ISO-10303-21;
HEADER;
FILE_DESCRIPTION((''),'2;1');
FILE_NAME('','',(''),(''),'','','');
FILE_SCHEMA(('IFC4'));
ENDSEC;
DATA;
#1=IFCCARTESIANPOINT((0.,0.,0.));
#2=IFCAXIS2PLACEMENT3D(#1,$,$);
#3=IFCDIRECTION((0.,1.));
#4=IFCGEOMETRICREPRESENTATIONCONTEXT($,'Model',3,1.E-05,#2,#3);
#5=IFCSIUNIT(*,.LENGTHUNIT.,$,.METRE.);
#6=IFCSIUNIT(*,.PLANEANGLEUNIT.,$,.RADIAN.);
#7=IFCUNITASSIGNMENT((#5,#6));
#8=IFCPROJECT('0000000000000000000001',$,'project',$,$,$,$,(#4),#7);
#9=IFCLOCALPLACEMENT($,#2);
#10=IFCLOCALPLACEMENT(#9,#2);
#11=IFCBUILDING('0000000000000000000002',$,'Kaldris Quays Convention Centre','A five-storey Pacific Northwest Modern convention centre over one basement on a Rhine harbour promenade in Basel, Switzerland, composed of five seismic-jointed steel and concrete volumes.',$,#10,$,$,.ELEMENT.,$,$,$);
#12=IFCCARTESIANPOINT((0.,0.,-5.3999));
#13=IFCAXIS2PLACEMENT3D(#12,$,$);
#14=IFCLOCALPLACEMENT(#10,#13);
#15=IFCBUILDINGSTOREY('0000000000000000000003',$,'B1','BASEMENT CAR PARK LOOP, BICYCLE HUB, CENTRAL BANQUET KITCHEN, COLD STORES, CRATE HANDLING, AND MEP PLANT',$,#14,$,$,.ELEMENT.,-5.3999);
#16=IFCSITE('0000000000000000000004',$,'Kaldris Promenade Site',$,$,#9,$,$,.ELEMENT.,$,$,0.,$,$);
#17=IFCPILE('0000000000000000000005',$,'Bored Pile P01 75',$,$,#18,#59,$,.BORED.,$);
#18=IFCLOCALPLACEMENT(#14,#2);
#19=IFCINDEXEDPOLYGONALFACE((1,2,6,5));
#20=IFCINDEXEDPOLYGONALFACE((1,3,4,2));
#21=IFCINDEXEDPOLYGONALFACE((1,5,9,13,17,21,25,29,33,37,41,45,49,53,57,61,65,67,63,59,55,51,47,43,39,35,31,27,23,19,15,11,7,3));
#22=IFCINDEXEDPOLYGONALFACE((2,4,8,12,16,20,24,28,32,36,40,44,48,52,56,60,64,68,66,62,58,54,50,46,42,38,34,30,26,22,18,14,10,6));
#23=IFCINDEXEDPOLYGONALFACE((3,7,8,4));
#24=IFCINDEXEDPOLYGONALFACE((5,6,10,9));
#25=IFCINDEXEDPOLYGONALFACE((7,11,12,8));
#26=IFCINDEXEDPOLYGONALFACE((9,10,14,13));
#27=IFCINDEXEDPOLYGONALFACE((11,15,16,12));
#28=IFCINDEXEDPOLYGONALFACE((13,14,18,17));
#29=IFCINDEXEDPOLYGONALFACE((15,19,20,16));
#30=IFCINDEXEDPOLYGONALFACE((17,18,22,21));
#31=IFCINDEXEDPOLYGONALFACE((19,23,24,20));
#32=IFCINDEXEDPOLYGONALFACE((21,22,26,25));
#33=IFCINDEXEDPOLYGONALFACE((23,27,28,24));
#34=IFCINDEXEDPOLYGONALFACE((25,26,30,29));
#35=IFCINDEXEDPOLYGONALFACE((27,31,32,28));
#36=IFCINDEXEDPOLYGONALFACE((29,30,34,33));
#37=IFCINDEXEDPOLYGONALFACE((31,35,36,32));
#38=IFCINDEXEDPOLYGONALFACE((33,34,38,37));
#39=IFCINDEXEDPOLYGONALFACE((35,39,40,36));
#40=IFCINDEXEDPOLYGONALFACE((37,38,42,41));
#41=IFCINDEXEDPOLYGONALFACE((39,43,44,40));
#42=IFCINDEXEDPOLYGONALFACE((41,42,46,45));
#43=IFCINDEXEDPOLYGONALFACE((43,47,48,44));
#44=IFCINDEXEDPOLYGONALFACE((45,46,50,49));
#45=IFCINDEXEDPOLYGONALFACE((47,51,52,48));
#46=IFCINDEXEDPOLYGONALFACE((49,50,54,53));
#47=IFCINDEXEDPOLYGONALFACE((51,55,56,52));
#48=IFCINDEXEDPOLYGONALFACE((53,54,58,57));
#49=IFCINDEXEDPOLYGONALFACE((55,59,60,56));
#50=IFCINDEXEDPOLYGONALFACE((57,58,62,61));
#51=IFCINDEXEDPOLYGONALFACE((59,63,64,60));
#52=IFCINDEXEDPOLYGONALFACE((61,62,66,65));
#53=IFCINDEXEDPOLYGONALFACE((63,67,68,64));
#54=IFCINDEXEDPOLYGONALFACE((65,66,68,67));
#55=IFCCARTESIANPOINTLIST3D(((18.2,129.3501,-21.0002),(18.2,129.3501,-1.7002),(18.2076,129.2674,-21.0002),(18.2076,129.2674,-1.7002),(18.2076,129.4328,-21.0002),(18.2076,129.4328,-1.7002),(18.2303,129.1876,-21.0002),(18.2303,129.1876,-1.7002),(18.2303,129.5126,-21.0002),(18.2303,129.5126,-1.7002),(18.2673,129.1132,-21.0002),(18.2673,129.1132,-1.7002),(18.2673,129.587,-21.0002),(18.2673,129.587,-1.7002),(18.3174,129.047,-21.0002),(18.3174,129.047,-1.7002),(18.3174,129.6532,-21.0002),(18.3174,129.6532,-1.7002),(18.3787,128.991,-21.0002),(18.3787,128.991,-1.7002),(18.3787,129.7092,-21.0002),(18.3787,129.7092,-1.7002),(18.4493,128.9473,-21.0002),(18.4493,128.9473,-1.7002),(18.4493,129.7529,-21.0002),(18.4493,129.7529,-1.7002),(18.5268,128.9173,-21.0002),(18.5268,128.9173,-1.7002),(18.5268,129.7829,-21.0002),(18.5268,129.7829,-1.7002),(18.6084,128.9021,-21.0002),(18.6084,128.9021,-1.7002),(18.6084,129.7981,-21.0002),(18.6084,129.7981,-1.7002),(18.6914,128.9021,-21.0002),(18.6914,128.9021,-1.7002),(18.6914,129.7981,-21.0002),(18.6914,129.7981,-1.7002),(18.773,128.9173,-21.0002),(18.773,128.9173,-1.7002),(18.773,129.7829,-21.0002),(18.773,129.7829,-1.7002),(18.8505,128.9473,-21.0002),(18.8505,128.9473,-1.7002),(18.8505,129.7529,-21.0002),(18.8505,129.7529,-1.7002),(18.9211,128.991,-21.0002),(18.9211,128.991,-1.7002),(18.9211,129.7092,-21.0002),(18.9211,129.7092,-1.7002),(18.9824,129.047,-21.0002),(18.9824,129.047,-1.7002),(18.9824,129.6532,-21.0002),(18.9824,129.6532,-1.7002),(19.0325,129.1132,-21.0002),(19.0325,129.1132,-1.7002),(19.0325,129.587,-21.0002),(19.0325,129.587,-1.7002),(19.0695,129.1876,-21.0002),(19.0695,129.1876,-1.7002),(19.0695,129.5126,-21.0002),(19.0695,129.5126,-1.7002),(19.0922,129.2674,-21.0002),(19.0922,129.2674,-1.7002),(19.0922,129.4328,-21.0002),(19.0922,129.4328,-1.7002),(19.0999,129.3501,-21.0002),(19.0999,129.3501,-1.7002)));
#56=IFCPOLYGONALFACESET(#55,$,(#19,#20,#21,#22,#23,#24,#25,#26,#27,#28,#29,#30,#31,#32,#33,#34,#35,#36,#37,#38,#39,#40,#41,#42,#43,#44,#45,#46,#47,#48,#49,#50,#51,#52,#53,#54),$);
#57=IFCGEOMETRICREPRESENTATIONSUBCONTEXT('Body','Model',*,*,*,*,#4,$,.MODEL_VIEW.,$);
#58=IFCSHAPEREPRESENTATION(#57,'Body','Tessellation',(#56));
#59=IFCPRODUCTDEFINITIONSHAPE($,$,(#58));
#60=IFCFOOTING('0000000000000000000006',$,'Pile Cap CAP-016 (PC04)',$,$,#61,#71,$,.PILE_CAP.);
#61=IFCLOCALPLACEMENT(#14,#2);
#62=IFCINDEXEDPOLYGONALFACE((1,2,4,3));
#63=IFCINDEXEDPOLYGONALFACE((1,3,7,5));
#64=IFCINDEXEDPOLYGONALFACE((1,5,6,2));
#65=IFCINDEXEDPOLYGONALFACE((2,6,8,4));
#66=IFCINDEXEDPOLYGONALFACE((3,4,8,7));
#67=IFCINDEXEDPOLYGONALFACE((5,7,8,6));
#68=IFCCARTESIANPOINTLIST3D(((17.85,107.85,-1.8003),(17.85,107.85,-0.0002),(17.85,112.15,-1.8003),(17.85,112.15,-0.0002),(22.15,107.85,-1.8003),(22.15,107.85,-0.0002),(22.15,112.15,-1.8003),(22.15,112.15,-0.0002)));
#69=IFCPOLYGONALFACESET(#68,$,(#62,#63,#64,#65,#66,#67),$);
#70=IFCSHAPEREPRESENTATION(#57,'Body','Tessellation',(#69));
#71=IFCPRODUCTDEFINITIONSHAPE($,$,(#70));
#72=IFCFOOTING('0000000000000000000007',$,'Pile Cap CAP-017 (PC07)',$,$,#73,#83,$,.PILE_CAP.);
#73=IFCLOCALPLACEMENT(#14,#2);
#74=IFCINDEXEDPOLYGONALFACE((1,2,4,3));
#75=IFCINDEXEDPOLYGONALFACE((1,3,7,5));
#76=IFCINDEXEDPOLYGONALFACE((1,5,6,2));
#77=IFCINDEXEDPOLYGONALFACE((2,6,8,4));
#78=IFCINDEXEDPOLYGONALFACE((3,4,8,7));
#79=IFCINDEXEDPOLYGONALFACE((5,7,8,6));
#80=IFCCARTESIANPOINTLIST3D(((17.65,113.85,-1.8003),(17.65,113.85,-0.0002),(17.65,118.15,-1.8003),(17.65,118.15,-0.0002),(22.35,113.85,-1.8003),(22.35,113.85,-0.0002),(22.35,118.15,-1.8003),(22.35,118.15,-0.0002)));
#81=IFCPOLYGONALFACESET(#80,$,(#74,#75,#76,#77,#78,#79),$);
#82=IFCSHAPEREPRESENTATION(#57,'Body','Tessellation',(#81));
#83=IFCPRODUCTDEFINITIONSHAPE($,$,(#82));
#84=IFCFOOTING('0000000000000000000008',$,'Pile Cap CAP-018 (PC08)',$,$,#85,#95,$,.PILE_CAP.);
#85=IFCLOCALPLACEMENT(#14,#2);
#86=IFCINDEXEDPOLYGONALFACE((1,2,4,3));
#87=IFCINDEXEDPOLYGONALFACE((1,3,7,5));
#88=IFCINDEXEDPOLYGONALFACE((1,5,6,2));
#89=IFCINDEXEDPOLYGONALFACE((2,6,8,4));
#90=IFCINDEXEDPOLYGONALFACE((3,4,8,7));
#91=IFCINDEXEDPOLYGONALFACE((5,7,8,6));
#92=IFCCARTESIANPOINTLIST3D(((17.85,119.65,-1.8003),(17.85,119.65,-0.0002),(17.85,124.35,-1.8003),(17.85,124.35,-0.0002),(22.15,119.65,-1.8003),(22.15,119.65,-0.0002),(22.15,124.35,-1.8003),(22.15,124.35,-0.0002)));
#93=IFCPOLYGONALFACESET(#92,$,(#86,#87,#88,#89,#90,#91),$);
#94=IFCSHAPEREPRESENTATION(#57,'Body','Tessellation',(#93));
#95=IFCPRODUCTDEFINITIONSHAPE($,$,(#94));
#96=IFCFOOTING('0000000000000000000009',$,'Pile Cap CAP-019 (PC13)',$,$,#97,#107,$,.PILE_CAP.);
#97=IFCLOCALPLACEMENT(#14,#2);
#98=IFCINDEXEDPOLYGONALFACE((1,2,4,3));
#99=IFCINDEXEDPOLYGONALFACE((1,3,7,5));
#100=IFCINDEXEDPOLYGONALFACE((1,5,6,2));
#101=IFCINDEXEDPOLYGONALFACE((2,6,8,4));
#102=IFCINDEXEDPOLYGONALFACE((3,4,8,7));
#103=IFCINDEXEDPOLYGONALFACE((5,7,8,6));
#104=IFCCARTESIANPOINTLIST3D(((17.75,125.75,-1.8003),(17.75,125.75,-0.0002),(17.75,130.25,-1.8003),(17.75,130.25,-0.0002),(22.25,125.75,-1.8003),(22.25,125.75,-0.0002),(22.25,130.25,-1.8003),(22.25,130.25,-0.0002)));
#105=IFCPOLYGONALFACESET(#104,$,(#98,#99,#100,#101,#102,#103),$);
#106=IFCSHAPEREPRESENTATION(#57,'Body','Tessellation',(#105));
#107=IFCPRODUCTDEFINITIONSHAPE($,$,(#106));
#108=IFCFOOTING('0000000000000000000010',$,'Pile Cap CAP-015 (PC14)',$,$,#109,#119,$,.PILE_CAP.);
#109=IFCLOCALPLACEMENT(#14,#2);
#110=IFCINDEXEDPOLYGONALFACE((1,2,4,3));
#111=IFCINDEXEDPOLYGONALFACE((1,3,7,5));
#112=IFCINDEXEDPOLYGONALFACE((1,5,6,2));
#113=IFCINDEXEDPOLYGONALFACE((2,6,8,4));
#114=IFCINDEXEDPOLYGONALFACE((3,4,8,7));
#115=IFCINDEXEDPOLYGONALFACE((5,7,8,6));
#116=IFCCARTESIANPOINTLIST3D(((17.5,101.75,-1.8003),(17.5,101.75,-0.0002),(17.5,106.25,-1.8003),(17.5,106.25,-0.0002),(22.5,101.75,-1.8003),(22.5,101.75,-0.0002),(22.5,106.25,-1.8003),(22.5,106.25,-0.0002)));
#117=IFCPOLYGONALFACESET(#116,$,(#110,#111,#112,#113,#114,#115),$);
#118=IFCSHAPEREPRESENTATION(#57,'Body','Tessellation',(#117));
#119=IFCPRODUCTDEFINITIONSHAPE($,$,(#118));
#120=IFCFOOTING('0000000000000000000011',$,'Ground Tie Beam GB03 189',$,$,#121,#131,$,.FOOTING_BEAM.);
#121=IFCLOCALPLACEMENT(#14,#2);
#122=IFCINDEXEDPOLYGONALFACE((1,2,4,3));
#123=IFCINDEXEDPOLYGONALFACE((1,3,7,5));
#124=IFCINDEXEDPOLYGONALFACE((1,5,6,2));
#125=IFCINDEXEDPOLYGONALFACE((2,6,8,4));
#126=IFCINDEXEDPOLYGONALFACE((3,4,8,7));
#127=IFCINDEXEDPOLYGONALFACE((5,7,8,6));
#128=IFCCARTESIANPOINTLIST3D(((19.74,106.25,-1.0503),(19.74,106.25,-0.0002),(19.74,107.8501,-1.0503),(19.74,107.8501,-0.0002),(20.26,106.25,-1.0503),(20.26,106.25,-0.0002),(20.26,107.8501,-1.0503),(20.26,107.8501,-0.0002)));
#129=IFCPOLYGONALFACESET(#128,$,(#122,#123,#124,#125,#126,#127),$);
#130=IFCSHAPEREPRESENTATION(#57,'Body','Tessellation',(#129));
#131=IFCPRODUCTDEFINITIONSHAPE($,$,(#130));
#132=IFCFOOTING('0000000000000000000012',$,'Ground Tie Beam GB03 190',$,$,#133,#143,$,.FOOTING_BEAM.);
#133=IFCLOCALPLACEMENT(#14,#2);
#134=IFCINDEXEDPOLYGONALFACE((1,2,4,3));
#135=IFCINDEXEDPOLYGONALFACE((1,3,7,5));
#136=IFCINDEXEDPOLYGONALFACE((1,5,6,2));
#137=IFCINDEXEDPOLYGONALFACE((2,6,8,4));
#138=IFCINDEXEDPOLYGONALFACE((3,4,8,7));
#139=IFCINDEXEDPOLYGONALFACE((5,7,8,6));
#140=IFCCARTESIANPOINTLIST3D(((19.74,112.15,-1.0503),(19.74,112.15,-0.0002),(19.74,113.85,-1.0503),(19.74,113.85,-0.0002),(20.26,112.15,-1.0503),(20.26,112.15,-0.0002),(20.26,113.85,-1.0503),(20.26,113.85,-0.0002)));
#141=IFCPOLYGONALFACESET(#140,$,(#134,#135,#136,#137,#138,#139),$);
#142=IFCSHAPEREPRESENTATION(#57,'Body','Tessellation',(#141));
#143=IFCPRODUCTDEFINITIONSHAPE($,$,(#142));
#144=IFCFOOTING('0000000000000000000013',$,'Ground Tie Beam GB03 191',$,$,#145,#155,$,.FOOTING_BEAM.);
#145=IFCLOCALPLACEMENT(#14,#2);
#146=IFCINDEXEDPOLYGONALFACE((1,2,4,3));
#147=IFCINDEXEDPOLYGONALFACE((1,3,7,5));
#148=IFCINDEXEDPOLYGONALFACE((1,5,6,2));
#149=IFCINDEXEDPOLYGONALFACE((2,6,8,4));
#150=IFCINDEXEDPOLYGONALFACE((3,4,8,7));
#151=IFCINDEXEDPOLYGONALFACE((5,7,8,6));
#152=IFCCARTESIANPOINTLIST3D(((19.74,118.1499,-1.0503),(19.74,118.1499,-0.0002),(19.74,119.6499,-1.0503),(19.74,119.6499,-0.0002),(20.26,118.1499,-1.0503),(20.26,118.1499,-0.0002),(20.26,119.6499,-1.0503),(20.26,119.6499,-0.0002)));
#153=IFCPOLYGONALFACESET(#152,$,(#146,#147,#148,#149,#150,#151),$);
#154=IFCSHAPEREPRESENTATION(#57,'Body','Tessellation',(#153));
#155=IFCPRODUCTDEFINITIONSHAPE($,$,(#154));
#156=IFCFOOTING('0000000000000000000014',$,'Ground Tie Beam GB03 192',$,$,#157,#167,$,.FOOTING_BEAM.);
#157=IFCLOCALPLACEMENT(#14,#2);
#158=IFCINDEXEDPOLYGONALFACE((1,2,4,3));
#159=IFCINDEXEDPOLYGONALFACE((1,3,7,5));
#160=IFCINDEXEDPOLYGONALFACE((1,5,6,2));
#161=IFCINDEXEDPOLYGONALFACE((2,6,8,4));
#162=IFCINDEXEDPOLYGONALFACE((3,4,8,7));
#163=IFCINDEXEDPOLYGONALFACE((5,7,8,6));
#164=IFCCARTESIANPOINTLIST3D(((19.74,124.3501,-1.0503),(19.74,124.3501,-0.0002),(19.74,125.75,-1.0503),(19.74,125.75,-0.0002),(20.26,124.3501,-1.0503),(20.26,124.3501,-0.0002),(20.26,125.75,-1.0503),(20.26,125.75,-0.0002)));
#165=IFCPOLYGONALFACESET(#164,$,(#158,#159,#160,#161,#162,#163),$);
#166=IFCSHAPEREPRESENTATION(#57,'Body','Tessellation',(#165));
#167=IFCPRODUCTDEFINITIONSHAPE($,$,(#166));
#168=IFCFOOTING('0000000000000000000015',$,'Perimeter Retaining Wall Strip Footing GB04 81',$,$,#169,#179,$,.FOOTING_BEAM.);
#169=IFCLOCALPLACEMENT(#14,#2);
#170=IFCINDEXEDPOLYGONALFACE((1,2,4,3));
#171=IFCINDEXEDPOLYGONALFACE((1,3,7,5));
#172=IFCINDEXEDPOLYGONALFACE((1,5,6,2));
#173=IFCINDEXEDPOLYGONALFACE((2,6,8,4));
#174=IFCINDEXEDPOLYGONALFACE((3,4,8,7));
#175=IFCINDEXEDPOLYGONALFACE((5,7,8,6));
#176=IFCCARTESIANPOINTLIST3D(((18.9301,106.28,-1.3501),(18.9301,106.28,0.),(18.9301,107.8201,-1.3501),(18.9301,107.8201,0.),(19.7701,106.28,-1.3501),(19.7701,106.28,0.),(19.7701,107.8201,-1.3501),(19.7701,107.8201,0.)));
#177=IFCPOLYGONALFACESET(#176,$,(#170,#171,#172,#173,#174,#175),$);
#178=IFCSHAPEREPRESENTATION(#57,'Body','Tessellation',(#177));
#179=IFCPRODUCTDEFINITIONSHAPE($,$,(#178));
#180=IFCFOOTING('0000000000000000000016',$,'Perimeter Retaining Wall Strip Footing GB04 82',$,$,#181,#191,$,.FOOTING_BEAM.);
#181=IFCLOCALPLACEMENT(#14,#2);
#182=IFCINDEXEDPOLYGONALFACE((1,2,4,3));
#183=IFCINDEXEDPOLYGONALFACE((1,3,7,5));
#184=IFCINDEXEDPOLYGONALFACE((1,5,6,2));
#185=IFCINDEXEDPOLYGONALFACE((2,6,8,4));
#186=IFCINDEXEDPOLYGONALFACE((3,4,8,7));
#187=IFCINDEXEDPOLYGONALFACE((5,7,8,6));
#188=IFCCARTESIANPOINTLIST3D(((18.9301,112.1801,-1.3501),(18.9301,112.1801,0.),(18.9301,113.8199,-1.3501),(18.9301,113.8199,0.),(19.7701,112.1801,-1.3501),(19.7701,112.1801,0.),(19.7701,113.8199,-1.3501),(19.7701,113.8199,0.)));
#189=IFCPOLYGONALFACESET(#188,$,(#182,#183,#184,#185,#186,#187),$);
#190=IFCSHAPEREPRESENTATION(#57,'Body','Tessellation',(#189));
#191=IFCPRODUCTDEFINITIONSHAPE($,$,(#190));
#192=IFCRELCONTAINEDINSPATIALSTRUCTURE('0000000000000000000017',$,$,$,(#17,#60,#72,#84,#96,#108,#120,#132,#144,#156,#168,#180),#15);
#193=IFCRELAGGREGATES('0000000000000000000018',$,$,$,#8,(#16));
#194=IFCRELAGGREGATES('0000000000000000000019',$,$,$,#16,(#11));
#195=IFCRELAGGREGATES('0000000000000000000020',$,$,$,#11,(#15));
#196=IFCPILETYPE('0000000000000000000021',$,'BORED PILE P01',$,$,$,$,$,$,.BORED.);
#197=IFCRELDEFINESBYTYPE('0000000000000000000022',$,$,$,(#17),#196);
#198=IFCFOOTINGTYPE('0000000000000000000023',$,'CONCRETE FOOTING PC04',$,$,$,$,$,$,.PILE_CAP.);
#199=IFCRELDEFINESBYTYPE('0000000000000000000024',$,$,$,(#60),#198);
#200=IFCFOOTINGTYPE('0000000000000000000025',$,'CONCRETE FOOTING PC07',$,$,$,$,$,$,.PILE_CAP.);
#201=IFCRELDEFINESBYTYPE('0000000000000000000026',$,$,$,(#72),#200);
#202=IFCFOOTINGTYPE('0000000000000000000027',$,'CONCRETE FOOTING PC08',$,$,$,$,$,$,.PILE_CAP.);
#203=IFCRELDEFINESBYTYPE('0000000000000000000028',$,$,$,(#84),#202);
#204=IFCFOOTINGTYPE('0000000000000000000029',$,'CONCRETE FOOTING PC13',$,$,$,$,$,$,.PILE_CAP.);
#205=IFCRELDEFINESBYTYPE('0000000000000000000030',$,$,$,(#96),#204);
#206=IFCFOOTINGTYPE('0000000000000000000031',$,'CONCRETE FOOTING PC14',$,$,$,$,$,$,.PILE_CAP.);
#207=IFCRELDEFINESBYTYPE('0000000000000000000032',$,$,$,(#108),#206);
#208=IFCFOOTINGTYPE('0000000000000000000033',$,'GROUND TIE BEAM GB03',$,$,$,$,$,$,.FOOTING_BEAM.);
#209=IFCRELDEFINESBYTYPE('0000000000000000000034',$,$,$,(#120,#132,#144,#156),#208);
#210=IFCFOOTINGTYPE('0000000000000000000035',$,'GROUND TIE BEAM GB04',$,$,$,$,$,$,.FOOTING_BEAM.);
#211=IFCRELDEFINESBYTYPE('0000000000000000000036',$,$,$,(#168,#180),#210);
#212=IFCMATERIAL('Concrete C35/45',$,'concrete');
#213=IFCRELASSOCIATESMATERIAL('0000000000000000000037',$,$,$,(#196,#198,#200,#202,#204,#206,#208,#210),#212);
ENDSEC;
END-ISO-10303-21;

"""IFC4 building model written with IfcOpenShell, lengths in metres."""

from ifc_helpers import new_model, si_unit, direction, frame, origin, origin_2d, place, context, subcontext, project, spatial, rectangle, circle, extrude, material, material_profile, profile_set, type_object, element, save


model = new_model("IFC4")

# Units and contexts
model_context = context("Model", 3, precision=1e-05, world=origin(), true_north=direction((0.0, 1.0)))
body_context = subcontext(model_context, "Body", "Model", "MODEL_VIEW")
ifc_project = project(units=[si_unit("LENGTHUNIT", "METRE"), si_unit("PLANEANGLEUNIT", "RADIAN")], contexts=[model_context])

# Site, building, storey
site_placement = place(None, origin())
site = spatial("IfcSite", under=ifc_project, at=site_placement, Name="Kaldris Promenade Site", CompositionType="ELEMENT", RefElevation=0.0)
building_placement = place(site_placement, origin())
building = spatial("IfcBuilding", under=site, at=building_placement, Name="Kaldris Quays Convention Centre", Description="A five-storey Pacific Northwest Modern convention centre over one basement on a Rhine harbour promenade in Basel, Switzerland, composed of five seismic-jointed steel and concrete volumes.", CompositionType="ELEMENT")
storey_placement = place(building_placement, frame((0.0, 0.0, -5.3999)))
storey = spatial("IfcBuildingStorey", under=building, at=storey_placement, Name="B1", Description="BASEMENT CAR PARK LOOP, BICYCLE HUB, CENTRAL BANQUET KITCHEN, COLD STORES, CRATE HANDLING, AND MEP PLANT", CompositionType="ELEMENT", Elevation=-5.3999)

# Pile
ifc_material_1 = material(Name="Concrete C35/45", Category="concrete")
ifc_material_profile_1 = material_profile(ifc_material_1, circle(Radius=0.45, at=origin_2d()), Name="BORED PILE D900")
ifc_profile_set_1 = profile_set([ifc_material_profile_1], Name="Concrete C35/45")
pile_type = type_object("IfcPileType", Name="BORED PILE P01", PredefinedType="BORED", material=ifc_profile_set_1)
for number, where, z_axis, x_axis, name in (
    (1, (18.6499, 129.3501, -1.7002), (0.0, 0.0, -1.0), (1.0, 0.0, 0.0), "Bored Pile P01 75"),
):
    element("IfcPile", number, at=place(storey_placement, frame(where, z_axis=z_axis, x_axis=x_axis)), inside=storey, type_object=pile_type, Name=name, PredefinedType="BORED", context=body_context, shape_type="SweptSolid", body=[
        extrude(circle(Radius=0.45, at=origin_2d()), origin(), (0.0, 0.0, 1.0), 19.3),
    ])

# Footings
footing_type_1 = type_object("IfcFootingType", Name="CONCRETE FOOTING PC04", PredefinedType="PILE_CAP", material=ifc_material_1)
footing_1_placement = place(storey_placement, frame((20.0, 110.0, -1.8003), z_axis=(0.0, 0.0, 1.0), x_axis=(1.0, 0.0, 0.0)))
element("IfcFooting", 2, at=footing_1_placement, inside=storey, type_object=footing_type_1, Name="Pile Cap CAP-016 (PC04)", PredefinedType="PILE_CAP", context=body_context, shape_type="SweptSolid", body=[
    extrude(rectangle(XDim=4.3, YDim=4.3, at=origin_2d()), origin(), (0.0, 0.0, 1.0), 1.8),
])
footing_type_2 = type_object("IfcFootingType", Name="CONCRETE FOOTING PC07", PredefinedType="PILE_CAP", material=ifc_material_1)
footing_2_placement = place(storey_placement, frame((20.0, 116.0, -1.8003), z_axis=(0.0, 0.0, 1.0), x_axis=(1.0, 0.0, 0.0)))
element("IfcFooting", 3, at=footing_2_placement, inside=storey, type_object=footing_type_2, Name="Pile Cap CAP-017 (PC07)", PredefinedType="PILE_CAP", context=body_context, shape_type="SweptSolid", body=[
    extrude(rectangle(XDim=4.7, YDim=4.3, at=origin_2d()), origin(), (0.0, 0.0, 1.0), 1.8),
])
footing_type_3 = type_object("IfcFootingType", Name="CONCRETE FOOTING PC08", PredefinedType="PILE_CAP", material=ifc_material_1)
footing_3_placement = place(storey_placement, frame((20.0, 122.0, -1.8003), z_axis=(0.0, 0.0, 1.0), x_axis=(1.0, 0.0, 0.0)))
element("IfcFooting", 4, at=footing_3_placement, inside=storey, type_object=footing_type_3, Name="Pile Cap CAP-018 (PC08)", PredefinedType="PILE_CAP", context=body_context, shape_type="SweptSolid", body=[
    extrude(rectangle(XDim=4.3, YDim=4.7, at=origin_2d()), origin(), (0.0, 0.0, 1.0), 1.8),
])
footing_type_4 = type_object("IfcFootingType", Name="CONCRETE FOOTING PC13", PredefinedType="PILE_CAP", material=ifc_material_1)
footing_4_placement = place(storey_placement, frame((20.0, 128.0, -1.8003), z_axis=(0.0, 0.0, 1.0), x_axis=(1.0, 0.0, 0.0)))
element("IfcFooting", 5, at=footing_4_placement, inside=storey, type_object=footing_type_4, Name="Pile Cap CAP-019 (PC13)", PredefinedType="PILE_CAP", context=body_context, shape_type="SweptSolid", body=[
    extrude(rectangle(XDim=4.5, YDim=4.5, at=origin_2d()), origin(), (0.0, 0.0, 1.0), 1.8),
])
footing_type_5 = type_object("IfcFootingType", Name="CONCRETE FOOTING PC14", PredefinedType="PILE_CAP", material=ifc_material_1)
footing_5_placement = place(storey_placement, frame((20.0, 104.0, -1.8003), z_axis=(0.0, 0.0, 1.0), x_axis=(1.0, 0.0, 0.0)))
element("IfcFooting", 6, at=footing_5_placement, inside=storey, type_object=footing_type_5, Name="Pile Cap CAP-015 (PC14)", PredefinedType="PILE_CAP", context=body_context, shape_type="SweptSolid", body=[
    extrude(rectangle(XDim=5.0, YDim=4.5, at=origin_2d()), origin(), (0.0, 0.0, 1.0), 1.8),
])
footing_type_6 = type_object("IfcFootingType", Name="GROUND TIE BEAM GB03", PredefinedType="FOOTING_BEAM", material=ifc_material_1)
footing_6_placement = place(storey_placement, frame((20.0, 107.05, -1.0503), z_axis=(0.0, 0.0, 1.0), x_axis=(1.0, 0.0, 0.0)))
element("IfcFooting", 7, at=footing_6_placement, inside=storey, type_object=footing_type_6, Name="Ground Tie Beam GB03 189", PredefinedType="FOOTING_BEAM", context=body_context, shape_type="SweptSolid", body=[
    extrude(rectangle(XDim=0.52, YDim=1.6001, at=origin_2d()), origin(), (0.0, 0.0, 1.0), 1.05),
])
footing_7_placement = place(storey_placement, frame((20.0, 113.0, -1.0503), z_axis=(0.0, 0.0, 1.0), x_axis=(1.0, 0.0, 0.0)))
element("IfcFooting", 8, at=footing_7_placement, inside=storey, type_object=footing_type_6, Name="Ground Tie Beam GB03 190", PredefinedType="FOOTING_BEAM", context=body_context, shape_type="SweptSolid", body=[
    extrude(rectangle(XDim=0.52, YDim=1.7, at=origin_2d()), origin(), (0.0, 0.0, 1.0), 1.05),
])
footing_8_placement = place(storey_placement, frame((20.0, 118.8999, -1.0503), z_axis=(0.0, 0.0, 1.0), x_axis=(1.0, 0.0, 0.0)))
element("IfcFooting", 9, at=footing_8_placement, inside=storey, type_object=footing_type_6, Name="Ground Tie Beam GB03 191", PredefinedType="FOOTING_BEAM", context=body_context, shape_type="SweptSolid", body=[
    extrude(rectangle(XDim=0.52, YDim=1.5, at=origin_2d()), origin(), (0.0, 0.0, 1.0), 1.05),
])
footing_9_placement = place(storey_placement, frame((20.0, 125.05, -1.0503), z_axis=(0.0, 0.0, 1.0), x_axis=(1.0, 0.0, 0.0)))
element("IfcFooting", 10, at=footing_9_placement, inside=storey, type_object=footing_type_6, Name="Ground Tie Beam GB03 192", PredefinedType="FOOTING_BEAM", context=body_context, shape_type="SweptSolid", body=[
    extrude(rectangle(XDim=0.52, YDim=1.3999, at=origin_2d()), origin(), (0.0, 0.0, 1.0), 1.05),
])
footing_type_7 = type_object("IfcFootingType", Name="GROUND TIE BEAM GB04", PredefinedType="FOOTING_BEAM", material=ifc_material_1)
footing_10_placement = place(storey_placement, frame((19.3501, 107.05, -1.3501), z_axis=(0.0, 0.0, 1.0), x_axis=(1.0, 0.0, 0.0)))
element("IfcFooting", 11, at=footing_10_placement, inside=storey, type_object=footing_type_7, Name="Perimeter Retaining Wall Strip Footing GB04 81", PredefinedType="FOOTING_BEAM", context=body_context, shape_type="SweptSolid", body=[
    extrude(rectangle(XDim=0.8401, YDim=1.54, at=origin_2d()), origin(), (0.0, 0.0, 1.0), 1.3501),
])
footing_11_placement = place(storey_placement, frame((19.3501, 113.0, -1.3501), z_axis=(0.0, 0.0, 1.0), x_axis=(1.0, 0.0, 0.0)))
element("IfcFooting", 12, at=footing_11_placement, inside=storey, type_object=footing_type_7, Name="Perimeter Retaining Wall Strip Footing GB04 82", PredefinedType="FOOTING_BEAM", context=body_context, shape_type="SweptSolid", body=[
    extrude(rectangle(XDim=0.8401, YDim=1.6399, at=origin_2d()), origin(), (0.0, 0.0, 1.0), 1.3501),
])

save(model, "model.ifc")
